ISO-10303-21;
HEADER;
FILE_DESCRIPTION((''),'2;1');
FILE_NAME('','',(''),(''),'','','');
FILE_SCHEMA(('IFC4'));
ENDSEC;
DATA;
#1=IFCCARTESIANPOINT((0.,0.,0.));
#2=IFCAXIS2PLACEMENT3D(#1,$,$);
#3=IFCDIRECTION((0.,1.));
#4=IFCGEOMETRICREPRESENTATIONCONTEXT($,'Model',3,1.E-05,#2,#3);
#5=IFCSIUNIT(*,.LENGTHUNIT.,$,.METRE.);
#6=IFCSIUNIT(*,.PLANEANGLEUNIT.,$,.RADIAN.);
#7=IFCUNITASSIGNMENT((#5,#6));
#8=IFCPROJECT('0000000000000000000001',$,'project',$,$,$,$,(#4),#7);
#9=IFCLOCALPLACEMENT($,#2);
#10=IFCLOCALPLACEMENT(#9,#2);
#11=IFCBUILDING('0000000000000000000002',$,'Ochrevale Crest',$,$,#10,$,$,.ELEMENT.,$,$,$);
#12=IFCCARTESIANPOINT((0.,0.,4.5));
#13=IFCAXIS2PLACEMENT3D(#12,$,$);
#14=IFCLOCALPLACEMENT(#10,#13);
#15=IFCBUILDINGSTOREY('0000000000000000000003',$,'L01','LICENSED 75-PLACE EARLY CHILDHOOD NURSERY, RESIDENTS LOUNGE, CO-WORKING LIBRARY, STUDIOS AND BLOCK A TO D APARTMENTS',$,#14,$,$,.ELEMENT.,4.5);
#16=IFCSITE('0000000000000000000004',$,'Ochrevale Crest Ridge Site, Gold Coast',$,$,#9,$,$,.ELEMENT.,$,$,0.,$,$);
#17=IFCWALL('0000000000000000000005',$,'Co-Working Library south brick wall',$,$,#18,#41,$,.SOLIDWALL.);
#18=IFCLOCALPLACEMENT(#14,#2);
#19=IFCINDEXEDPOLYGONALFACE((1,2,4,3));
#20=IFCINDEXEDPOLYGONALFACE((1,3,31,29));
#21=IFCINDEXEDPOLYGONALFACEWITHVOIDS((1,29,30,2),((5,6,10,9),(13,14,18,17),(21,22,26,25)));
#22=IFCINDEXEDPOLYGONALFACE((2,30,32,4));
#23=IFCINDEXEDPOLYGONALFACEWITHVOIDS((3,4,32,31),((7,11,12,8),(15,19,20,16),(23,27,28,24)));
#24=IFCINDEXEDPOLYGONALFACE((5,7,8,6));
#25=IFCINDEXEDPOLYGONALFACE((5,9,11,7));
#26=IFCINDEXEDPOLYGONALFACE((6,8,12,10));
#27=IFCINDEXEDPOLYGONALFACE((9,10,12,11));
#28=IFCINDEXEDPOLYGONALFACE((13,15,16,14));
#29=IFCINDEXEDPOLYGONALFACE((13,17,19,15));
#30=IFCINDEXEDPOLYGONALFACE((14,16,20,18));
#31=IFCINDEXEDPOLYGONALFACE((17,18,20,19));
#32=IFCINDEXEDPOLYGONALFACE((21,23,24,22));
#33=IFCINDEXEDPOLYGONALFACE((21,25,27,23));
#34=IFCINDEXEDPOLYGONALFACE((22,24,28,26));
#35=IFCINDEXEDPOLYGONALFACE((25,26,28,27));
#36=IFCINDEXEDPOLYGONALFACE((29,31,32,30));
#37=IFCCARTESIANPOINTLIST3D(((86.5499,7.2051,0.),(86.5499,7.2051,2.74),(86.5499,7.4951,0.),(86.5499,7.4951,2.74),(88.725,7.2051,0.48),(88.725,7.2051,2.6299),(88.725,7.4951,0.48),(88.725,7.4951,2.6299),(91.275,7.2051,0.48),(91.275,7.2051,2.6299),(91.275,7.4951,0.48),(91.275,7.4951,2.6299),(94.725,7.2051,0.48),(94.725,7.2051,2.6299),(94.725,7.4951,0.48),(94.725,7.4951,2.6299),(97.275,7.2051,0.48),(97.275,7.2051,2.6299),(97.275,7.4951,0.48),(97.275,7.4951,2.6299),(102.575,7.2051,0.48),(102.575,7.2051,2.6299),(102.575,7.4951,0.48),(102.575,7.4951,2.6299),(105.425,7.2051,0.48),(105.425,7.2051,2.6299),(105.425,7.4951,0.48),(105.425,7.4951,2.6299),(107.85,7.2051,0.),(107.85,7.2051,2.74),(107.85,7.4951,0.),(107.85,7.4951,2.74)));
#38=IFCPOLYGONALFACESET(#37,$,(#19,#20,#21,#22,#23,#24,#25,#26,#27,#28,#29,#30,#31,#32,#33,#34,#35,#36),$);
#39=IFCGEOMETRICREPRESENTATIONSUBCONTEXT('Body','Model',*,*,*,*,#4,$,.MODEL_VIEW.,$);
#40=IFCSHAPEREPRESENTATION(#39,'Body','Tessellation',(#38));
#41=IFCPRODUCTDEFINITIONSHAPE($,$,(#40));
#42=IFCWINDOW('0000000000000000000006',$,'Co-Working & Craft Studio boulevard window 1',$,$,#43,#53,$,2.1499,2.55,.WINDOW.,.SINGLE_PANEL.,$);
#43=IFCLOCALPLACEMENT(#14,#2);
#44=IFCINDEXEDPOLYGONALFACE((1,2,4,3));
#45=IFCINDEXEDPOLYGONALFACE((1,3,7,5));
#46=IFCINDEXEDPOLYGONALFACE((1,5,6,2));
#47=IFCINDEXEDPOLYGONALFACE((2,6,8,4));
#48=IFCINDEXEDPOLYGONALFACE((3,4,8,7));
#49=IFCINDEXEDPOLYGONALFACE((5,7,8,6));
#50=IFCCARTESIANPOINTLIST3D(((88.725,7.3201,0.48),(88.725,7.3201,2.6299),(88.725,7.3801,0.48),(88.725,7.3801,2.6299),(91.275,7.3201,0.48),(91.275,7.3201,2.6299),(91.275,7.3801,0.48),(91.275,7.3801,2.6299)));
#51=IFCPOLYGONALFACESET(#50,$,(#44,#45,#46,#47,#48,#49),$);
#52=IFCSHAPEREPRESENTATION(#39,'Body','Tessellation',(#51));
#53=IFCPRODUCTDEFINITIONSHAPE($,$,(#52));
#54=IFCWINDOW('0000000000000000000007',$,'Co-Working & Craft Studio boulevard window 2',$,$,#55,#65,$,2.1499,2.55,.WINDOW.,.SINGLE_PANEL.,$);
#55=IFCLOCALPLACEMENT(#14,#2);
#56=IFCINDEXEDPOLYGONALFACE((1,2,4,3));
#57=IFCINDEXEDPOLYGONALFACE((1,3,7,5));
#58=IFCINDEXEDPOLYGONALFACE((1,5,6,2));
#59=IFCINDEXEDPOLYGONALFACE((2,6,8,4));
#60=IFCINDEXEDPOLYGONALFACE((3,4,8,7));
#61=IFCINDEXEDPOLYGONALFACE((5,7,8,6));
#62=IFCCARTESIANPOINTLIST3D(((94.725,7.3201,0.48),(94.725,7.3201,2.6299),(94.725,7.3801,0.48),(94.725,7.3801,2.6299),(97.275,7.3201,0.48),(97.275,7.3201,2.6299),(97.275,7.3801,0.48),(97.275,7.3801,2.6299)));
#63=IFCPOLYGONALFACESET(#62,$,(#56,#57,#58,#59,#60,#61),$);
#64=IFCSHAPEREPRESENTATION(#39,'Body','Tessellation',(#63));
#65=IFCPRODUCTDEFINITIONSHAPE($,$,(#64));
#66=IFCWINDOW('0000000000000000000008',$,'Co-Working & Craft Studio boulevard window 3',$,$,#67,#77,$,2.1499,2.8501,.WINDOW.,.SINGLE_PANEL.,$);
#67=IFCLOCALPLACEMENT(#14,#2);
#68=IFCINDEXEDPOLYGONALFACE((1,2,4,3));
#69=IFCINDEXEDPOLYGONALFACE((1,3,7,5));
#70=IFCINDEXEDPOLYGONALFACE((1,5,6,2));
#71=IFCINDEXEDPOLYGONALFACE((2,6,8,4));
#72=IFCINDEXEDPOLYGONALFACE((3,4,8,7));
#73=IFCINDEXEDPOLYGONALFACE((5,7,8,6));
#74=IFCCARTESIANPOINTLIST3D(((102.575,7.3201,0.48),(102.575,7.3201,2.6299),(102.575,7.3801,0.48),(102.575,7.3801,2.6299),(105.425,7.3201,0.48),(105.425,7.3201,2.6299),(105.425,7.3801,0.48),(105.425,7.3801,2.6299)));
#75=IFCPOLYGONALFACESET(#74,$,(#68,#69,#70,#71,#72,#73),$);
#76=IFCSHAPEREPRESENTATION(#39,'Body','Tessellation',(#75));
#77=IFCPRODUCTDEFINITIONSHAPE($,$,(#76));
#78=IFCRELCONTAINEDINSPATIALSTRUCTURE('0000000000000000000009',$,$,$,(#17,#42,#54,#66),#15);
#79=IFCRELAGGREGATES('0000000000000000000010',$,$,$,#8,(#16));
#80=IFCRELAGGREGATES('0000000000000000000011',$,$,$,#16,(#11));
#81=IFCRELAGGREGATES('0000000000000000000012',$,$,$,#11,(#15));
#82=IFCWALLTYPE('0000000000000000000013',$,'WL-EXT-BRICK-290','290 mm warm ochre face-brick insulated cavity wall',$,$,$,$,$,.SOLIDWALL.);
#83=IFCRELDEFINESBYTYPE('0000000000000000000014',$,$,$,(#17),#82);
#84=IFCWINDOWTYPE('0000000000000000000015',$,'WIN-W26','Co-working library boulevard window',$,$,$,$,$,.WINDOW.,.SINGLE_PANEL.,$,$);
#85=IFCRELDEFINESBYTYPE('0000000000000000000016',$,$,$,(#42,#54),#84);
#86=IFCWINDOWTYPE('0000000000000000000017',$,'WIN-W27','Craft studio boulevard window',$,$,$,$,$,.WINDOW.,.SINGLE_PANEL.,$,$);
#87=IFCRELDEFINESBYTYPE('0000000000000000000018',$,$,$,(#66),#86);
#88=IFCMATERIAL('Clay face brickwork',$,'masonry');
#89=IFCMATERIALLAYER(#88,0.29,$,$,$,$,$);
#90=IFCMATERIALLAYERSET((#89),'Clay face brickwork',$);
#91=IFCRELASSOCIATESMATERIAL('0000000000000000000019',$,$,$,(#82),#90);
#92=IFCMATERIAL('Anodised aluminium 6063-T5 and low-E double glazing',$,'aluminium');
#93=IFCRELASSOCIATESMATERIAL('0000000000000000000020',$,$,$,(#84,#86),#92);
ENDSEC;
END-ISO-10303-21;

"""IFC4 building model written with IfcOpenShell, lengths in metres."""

from ifc_helpers import new_model, si_unit, direction, frame, frame_2d, origin, place, context, subcontext, project, spatial, rectangle, extrude, material, layer, layer_set, type_object, element, fill, save


model = new_model("IFC4")

# Units and contexts
model_context = context("Model", 3, precision=1e-05, world=origin(), true_north=direction((0.0, 1.0)))
body_context = subcontext(model_context, "Body", "Model", "MODEL_VIEW")
ifc_project = project(units=[si_unit("LENGTHUNIT", "METRE"), si_unit("PLANEANGLEUNIT", "RADIAN")], contexts=[model_context])

# Site, building, storey
site_placement = place(None, origin())
site = spatial("IfcSite", under=ifc_project, at=site_placement, Name="Ochrevale Crest Ridge Site, Gold Coast", CompositionType="ELEMENT", RefElevation=0.0)
building_placement = place(site_placement, origin())
building = spatial("IfcBuilding", under=site, at=building_placement, Name="Ochrevale Crest", CompositionType="ELEMENT")
storey_placement = place(building_placement, frame((0.0, 0.0, 4.5)))
storey = spatial("IfcBuildingStorey", under=building, at=storey_placement, Name="L01", Description="LICENSED 75-PLACE EARLY CHILDHOOD NURSERY, RESIDENTS LOUNGE, CO-WORKING LIBRARY, STUDIOS AND BLOCK A TO D APARTMENTS", CompositionType="ELEMENT", Elevation=4.5)

# Wall, openings, windows
ifc_material_1 = material(Name="Clay face brickwork", Category="masonry")
ifc_layer_1 = layer(ifc_material_1, 0.29)
ifc_layer_set_1 = layer_set([ifc_layer_1], Name="Clay face brickwork")
wall_type = type_object("IfcWallType", Name="WL-EXT-BRICK-290", Description="290 mm warm ochre face-brick insulated cavity wall", PredefinedType="SOLIDWALL", material=ifc_layer_set_1)
wall_placement = place(storey_placement, frame((86.55, 7.3501, 0.0), z_axis=(0.0, 0.0, 1.0), x_axis=(1.0, 0.0, 0.0)))
wall = element("IfcWall", 1, at=wall_placement, inside=storey, type_object=wall_type, Name="Co-Working Library south brick wall", PredefinedType="SOLIDWALL", context=body_context, shape_type="SweptSolid", body=[
    extrude(rectangle(XDim=21.3, YDim=0.29, at=frame_2d((10.6499, 0.0))), origin(), (0.0, 0.0, 1.0), 2.74),
])
opening_1_placement = place(wall_placement, frame((2.175, 0.0, 0.48)))
opening_1 = element("IfcOpeningElement", 2, at=opening_1_placement, cuts=wall, PredefinedType="OPENING", context=body_context, shape_type="SweptSolid", body=[
    extrude(rectangle(XDim=2.55, YDim=2.1499, at=frame_2d((1.2749, 1.075))), frame((0.0, 0.155, 0.0), z_axis=(0.0, -1.0, 0.0), x_axis=(1.0, 0.0, 0.0)), (0.0, 0.0, 1.0), 0.3101),
])
opening_2_placement = place(wall_placement, frame((8.175, 0.0, 0.48)))
opening_2 = element("IfcOpeningElement", 3, at=opening_2_placement, cuts=wall, PredefinedType="OPENING", context=body_context, shape_type="SweptSolid", body=[
    extrude(rectangle(XDim=2.55, YDim=2.1499, at=frame_2d((1.2749, 1.075))), frame((0.0, 0.155, 0.0), z_axis=(0.0, -1.0, 0.0), x_axis=(1.0, 0.0, 0.0)), (0.0, 0.0, 1.0), 0.3101),
])
opening_3_placement = place(wall_placement, frame((16.0249, 0.0, 0.48)))
opening_3 = element("IfcOpeningElement", 4, at=opening_3_placement, cuts=wall, PredefinedType="OPENING", context=body_context, shape_type="SweptSolid", body=[
    extrude(rectangle(XDim=2.8501, YDim=2.1499, at=frame_2d((1.425, 1.075))), frame((0.0, 0.155, 0.0), z_axis=(0.0, -1.0, 0.0), x_axis=(1.0, 0.0, 0.0)), (0.0, 0.0, 1.0), 0.3101),
])
ifc_material_2 = material(Name="Anodised aluminium 6063-T5 and low-E double glazing", Category="aluminium")
window_type_1 = type_object("IfcWindowType", Name="WIN-W26", Description="Co-working library boulevard window", PartitioningType="SINGLE_PANEL", PredefinedType="WINDOW", material=ifc_material_2)
window_1_placement = place(opening_1_placement, origin())
window_1 = element("IfcWindow", 5, at=window_1_placement, inside=storey, type_object=window_type_1, Name="Co-Working & Craft Studio boulevard window 1", OverallHeight=2.1499, OverallWidth=2.55, PartitioningType="SINGLE_PANEL", PredefinedType="WINDOW", context=body_context, shape_type="SweptSolid", body=[
    extrude(rectangle(XDim=2.55, YDim=2.1499, at=frame_2d((1.2749, 1.075))), frame((0.0, 0.03, 0.0), z_axis=(0.0, -1.0, 0.0), x_axis=(1.0, 0.0, 0.0)), (0.0, 0.0, 1.0), 0.0601),
])
fill(opening_1, window_1)
window_2_placement = place(opening_2_placement, origin())
window_2 = element("IfcWindow", 6, at=window_2_placement, inside=storey, type_object=window_type_1, Name="Co-Working & Craft Studio boulevard window 2", OverallHeight=2.1499, OverallWidth=2.55, PartitioningType="SINGLE_PANEL", PredefinedType="WINDOW", context=body_context, shape_type="SweptSolid", body=[
    extrude(rectangle(XDim=2.55, YDim=2.1499, at=frame_2d((1.2749, 1.075))), frame((0.0, 0.03, 0.0), z_axis=(0.0, -1.0, 0.0), x_axis=(1.0, 0.0, 0.0)), (0.0, 0.0, 1.0), 0.0601),
])
fill(opening_2, window_2)
window_type_2 = type_object("IfcWindowType", Name="WIN-W27", Description="Craft studio boulevard window", PartitioningType="SINGLE_PANEL", PredefinedType="WINDOW", material=ifc_material_2)
window_3_placement = place(opening_3_placement, origin())
window_3 = element("IfcWindow", 7, at=window_3_placement, inside=storey, type_object=window_type_2, Name="Co-Working & Craft Studio boulevard window 3", OverallHeight=2.1499, OverallWidth=2.8501, PartitioningType="SINGLE_PANEL", PredefinedType="WINDOW", context=body_context, shape_type="SweptSolid", body=[
    extrude(rectangle(XDim=2.8501, YDim=2.1499, at=frame_2d((1.425, 1.075))), frame((0.0, 0.03, 0.0), z_axis=(0.0, -1.0, 0.0), x_axis=(1.0, 0.0, 0.0)), (0.0, 0.0, 1.0), 0.0601),
])
fill(opening_3, window_3)

save(model, "model.ifc")
